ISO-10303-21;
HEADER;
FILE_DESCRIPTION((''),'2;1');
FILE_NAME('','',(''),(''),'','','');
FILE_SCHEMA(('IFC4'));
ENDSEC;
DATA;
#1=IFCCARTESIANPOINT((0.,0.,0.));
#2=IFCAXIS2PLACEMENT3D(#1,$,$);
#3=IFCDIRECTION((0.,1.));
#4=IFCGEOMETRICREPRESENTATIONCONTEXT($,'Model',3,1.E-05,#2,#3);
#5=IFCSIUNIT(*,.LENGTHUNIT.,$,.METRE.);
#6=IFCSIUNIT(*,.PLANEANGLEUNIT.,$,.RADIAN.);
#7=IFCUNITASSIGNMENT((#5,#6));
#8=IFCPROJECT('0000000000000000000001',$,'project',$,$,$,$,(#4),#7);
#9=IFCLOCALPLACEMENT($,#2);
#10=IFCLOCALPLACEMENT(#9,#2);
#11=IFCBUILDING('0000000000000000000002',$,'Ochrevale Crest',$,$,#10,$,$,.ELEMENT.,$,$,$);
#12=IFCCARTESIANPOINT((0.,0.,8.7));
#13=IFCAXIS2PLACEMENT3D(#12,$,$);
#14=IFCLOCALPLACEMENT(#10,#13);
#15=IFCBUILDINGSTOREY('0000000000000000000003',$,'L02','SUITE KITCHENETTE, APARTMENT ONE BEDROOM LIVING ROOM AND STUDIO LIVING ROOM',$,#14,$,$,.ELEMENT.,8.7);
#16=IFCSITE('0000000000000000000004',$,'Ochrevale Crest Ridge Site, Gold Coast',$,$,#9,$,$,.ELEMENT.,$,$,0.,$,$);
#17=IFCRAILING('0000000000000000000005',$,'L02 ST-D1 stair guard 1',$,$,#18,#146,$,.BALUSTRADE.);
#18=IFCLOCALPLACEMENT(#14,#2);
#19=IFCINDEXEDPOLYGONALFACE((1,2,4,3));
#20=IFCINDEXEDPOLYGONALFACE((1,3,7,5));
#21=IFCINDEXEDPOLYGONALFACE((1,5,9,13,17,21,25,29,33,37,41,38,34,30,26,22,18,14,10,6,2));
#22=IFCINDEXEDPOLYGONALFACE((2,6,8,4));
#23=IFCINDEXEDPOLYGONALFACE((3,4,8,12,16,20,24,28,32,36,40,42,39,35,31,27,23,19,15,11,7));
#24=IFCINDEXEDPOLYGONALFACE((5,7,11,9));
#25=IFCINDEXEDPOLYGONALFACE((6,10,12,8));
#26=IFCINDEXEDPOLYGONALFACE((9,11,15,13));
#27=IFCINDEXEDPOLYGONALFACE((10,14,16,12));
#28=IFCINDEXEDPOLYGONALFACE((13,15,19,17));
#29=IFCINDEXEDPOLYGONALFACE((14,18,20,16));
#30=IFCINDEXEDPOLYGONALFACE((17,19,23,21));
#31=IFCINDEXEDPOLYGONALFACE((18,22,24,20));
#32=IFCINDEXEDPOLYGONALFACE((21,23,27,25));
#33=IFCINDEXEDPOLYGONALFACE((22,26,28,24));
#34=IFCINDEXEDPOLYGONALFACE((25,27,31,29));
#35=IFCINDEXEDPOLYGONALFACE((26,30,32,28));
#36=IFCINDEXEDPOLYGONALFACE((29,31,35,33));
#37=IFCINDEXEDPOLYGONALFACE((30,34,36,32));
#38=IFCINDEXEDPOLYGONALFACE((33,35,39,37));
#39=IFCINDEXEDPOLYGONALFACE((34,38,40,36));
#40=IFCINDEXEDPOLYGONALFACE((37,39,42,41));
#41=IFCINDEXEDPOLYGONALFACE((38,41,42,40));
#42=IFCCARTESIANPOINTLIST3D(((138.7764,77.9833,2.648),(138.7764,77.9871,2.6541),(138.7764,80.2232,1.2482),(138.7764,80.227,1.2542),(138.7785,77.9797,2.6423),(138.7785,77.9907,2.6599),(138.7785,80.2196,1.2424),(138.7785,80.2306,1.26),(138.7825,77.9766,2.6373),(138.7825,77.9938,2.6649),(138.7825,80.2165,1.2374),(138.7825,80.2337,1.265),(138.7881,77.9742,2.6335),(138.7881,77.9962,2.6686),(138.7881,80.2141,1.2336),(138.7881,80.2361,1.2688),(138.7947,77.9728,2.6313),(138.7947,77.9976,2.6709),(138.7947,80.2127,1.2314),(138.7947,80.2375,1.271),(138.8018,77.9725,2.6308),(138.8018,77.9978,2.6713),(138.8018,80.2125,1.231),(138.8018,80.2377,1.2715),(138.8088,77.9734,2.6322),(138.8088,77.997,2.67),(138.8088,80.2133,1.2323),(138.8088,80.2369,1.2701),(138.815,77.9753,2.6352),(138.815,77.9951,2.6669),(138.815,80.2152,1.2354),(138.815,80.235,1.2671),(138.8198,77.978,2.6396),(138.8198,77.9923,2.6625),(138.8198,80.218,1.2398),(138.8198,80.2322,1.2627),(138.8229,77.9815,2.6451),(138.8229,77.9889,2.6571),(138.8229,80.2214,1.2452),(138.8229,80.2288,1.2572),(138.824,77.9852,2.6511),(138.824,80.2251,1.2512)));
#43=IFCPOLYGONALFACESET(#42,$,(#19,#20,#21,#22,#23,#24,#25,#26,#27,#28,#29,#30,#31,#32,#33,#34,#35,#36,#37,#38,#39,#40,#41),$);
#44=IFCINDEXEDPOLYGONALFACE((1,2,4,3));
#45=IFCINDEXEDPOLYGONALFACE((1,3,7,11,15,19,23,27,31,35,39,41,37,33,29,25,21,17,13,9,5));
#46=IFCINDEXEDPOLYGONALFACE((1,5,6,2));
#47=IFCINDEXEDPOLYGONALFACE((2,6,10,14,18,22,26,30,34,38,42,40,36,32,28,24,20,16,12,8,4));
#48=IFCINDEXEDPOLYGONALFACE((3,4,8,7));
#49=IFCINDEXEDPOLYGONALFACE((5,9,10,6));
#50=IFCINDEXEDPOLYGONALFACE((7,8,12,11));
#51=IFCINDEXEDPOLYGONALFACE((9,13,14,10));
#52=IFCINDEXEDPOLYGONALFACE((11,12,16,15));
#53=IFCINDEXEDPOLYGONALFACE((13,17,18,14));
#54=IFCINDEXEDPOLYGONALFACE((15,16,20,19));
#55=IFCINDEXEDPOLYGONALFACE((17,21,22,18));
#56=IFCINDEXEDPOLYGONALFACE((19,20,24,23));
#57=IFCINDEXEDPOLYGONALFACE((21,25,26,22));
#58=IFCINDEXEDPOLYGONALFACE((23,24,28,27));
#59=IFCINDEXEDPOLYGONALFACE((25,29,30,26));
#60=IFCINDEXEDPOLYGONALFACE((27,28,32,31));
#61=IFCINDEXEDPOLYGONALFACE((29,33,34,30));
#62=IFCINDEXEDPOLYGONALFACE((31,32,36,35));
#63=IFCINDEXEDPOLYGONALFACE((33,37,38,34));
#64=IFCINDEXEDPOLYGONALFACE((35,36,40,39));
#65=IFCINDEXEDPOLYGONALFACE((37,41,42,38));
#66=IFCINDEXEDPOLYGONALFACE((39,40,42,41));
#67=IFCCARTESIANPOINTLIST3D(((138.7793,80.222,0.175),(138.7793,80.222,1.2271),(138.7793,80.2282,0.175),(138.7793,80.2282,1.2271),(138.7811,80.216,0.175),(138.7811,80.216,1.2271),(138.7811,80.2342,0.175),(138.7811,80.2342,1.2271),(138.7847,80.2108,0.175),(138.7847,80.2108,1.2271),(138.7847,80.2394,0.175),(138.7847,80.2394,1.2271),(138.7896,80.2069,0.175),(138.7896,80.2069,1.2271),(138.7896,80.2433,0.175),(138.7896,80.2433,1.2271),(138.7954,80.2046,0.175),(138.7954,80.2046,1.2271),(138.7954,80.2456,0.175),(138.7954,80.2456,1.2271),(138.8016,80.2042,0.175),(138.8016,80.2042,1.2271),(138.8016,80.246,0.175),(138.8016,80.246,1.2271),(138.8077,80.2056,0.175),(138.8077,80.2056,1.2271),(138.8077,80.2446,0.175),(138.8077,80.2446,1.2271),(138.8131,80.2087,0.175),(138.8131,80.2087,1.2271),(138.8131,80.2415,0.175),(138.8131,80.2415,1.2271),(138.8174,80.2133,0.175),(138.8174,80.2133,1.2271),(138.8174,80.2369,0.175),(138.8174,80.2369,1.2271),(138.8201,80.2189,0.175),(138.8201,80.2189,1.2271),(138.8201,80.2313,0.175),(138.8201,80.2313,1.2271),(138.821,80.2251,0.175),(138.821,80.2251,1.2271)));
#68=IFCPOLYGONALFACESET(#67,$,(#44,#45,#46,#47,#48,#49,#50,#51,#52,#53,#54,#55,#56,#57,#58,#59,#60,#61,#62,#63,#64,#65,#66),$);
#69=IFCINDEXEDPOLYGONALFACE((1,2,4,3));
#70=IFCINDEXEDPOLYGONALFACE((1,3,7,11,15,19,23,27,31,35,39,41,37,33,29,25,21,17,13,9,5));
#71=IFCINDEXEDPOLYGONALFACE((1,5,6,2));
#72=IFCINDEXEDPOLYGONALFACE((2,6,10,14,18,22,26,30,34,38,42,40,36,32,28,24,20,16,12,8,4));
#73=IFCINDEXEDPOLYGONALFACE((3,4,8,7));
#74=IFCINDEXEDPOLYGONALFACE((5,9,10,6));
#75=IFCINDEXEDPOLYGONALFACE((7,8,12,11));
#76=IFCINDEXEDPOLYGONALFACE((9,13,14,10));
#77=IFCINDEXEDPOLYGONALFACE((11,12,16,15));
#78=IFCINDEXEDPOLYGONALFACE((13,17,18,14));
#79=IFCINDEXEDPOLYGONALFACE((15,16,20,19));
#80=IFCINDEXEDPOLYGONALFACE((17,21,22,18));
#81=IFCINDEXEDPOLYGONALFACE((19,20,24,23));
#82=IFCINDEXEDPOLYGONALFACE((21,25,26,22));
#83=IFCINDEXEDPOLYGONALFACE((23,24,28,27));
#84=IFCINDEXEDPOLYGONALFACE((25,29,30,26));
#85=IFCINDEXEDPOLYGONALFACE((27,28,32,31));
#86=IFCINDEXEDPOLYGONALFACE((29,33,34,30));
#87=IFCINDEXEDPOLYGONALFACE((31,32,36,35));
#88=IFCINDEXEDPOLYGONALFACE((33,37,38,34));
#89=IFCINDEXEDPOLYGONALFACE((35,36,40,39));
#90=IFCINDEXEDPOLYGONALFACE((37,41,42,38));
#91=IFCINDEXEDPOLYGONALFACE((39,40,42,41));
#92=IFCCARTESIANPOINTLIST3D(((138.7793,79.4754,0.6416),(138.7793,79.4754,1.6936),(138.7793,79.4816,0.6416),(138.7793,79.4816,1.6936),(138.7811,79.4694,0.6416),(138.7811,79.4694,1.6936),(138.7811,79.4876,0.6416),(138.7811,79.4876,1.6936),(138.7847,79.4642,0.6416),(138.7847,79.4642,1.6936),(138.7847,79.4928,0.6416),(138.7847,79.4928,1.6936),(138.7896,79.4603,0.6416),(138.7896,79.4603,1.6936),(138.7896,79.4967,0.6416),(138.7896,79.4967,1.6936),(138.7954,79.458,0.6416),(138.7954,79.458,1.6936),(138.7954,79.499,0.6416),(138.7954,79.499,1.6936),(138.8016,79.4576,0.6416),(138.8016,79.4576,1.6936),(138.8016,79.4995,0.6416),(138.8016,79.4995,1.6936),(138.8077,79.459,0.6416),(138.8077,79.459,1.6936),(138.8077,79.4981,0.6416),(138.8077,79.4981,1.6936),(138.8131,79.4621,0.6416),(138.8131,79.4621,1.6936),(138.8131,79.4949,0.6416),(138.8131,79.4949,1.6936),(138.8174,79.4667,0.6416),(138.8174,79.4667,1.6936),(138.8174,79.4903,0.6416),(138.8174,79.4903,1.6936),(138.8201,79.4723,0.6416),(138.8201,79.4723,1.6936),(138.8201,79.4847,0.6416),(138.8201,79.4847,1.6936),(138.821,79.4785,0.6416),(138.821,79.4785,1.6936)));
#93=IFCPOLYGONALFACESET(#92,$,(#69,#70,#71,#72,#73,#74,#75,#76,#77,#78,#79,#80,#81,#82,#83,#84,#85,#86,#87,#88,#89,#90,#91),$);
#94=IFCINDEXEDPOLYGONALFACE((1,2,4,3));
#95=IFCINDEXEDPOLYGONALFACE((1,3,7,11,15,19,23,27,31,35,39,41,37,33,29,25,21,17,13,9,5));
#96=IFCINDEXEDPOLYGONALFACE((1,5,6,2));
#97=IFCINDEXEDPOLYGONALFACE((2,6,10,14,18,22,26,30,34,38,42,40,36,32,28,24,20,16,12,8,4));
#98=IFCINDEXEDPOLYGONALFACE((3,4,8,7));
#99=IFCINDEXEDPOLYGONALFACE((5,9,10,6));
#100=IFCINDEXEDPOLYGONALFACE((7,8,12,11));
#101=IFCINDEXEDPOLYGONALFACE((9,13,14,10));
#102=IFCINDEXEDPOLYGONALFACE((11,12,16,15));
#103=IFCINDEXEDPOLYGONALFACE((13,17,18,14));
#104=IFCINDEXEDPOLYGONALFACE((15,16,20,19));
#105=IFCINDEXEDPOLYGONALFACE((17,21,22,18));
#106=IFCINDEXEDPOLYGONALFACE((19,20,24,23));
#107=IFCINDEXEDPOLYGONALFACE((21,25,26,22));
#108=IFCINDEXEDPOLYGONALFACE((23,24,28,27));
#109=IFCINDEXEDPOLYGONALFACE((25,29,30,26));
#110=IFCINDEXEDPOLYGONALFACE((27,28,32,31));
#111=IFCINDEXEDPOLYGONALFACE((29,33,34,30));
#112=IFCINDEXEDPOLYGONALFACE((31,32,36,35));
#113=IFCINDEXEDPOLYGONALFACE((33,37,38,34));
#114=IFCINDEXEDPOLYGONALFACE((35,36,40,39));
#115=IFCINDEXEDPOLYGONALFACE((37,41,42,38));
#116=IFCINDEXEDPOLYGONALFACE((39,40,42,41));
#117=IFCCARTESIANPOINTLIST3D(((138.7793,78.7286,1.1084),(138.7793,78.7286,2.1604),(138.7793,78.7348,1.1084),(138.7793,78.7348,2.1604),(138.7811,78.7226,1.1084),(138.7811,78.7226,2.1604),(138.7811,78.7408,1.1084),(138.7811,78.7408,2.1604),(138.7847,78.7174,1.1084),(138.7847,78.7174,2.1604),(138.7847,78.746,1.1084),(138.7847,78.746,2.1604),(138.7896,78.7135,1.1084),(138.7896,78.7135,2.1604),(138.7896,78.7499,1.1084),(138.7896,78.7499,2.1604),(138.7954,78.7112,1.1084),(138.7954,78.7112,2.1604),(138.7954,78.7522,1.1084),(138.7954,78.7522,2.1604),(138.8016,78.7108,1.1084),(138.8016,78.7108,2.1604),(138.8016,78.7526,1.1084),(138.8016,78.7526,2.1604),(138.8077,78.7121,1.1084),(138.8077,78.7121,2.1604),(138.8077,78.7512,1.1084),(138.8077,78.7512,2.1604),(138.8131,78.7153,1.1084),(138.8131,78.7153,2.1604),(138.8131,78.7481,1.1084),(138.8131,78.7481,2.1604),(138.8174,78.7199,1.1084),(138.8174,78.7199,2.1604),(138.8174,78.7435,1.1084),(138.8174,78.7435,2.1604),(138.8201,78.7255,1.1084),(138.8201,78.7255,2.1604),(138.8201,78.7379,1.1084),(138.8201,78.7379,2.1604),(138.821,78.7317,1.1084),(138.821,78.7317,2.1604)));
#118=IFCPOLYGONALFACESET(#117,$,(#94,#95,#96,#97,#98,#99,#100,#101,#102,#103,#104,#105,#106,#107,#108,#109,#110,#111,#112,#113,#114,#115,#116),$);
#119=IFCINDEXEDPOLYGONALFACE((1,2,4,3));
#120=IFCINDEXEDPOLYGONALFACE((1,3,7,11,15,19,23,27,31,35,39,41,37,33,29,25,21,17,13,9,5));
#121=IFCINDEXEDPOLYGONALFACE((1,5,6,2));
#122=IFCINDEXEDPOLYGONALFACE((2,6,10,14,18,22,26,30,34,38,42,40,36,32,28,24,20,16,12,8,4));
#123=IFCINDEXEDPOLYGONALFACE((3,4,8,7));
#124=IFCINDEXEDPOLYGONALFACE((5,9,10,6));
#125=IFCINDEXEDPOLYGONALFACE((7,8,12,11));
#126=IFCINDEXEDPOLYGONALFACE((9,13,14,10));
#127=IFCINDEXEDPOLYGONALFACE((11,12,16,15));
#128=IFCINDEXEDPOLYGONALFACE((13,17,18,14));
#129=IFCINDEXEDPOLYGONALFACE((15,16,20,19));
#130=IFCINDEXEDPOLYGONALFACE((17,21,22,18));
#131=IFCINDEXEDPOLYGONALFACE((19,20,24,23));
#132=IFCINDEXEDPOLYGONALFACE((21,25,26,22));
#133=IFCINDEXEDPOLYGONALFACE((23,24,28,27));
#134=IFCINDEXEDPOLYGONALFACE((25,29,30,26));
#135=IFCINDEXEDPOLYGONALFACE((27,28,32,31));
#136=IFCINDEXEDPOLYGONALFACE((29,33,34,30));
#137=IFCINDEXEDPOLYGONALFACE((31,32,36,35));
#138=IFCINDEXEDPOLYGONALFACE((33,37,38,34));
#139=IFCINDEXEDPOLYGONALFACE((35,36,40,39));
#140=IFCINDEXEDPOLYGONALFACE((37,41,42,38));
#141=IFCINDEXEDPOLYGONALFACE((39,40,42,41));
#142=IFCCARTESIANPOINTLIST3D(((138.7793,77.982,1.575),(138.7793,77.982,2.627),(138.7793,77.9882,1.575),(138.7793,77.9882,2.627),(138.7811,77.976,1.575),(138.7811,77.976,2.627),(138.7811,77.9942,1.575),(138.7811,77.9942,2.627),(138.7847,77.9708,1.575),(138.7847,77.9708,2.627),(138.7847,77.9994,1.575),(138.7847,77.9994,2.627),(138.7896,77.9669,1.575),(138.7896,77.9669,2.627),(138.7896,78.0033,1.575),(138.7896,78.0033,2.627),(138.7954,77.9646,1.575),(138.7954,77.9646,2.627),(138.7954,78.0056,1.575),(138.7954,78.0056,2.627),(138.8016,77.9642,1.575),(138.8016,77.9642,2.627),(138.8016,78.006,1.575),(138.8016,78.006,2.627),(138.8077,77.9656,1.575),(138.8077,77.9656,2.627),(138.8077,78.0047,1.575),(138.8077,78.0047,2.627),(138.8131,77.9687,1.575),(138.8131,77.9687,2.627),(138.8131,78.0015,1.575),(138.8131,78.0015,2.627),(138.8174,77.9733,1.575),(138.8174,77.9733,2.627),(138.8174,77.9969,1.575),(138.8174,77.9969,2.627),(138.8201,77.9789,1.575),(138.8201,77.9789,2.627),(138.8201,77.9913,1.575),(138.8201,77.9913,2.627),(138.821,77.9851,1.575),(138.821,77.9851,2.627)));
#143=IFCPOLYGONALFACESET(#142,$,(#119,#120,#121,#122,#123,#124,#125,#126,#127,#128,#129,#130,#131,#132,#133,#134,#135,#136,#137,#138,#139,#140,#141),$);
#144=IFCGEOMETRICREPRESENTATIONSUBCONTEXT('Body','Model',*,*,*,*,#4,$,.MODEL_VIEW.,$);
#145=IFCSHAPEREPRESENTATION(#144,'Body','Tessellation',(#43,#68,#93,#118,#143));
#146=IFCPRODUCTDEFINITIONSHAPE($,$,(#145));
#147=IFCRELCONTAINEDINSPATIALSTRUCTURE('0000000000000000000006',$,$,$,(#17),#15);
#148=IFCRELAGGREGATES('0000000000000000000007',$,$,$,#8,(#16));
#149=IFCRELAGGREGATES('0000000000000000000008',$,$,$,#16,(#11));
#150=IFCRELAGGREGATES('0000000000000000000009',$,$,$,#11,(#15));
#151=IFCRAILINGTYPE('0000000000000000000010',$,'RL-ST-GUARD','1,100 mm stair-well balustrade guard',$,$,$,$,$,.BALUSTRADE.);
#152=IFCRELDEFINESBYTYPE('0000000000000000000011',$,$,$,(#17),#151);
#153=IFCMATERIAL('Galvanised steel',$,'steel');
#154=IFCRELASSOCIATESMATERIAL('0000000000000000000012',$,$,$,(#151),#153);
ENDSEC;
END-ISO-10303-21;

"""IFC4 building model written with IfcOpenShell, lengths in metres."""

from ifc_helpers import new_model, si_unit, direction, frame, origin, origin_2d, place, context, subcontext, project, spatial, circle, extrude, material, type_object, element, save


model = new_model("IFC4")

# Units and contexts
model_context = context("Model", 3, precision=1e-05, world=origin(), true_north=direction((0.0, 1.0)))
body_context = subcontext(model_context, "Body", "Model", "MODEL_VIEW")
ifc_project = project(units=[si_unit("LENGTHUNIT", "METRE"), si_unit("PLANEANGLEUNIT", "RADIAN")], contexts=[model_context])

# Site, building, storey
site_placement = place(None, origin())
site = spatial("IfcSite", under=ifc_project, at=site_placement, Name="Ochrevale Crest Ridge Site, Gold Coast", CompositionType="ELEMENT", RefElevation=0.0)
building_placement = place(site_placement, origin())
building = spatial("IfcBuilding", under=site, at=building_placement, Name="Ochrevale Crest", CompositionType="ELEMENT")
storey_placement = place(building_placement, frame((0.0, 0.0, 8.7)))
storey = spatial("IfcBuildingStorey", under=building, at=storey_placement, Name="L02", Description="SUITE KITCHENETTE, APARTMENT ONE BEDROOM LIVING ROOM AND STUDIO LIVING ROOM", CompositionType="ELEMENT", Elevation=8.7)

# Railing
ifc_material_1 = material(Name="Galvanised steel", Category="steel")
railing_type_1 = type_object("IfcRailingType", Name="RL-ST-GUARD", Description="1,100 mm stair-well balustrade guard", PredefinedType="BALUSTRADE", material=ifc_material_1)
railing_1_placement = place(storey_placement, frame((138.8, 80.2251, 0.175)))
element("IfcRailing", 1, at=railing_1_placement, inside=storey, type_object=railing_type_1, Name="L02 ST-D1 stair guard 1", PredefinedType="BALUSTRADE", context=body_context, shape_type="SweptSolid", body=[
    extrude(circle(Radius=0.0239, at=origin_2d()), frame((0.0, 0.0, 1.0762), z_axis=(0.0, -0.848014, 0.529974), x_axis=(1.0, 0.0, 0.0)), (0.0, 0.0, 1.0), 2.6414),
    extrude(circle(Radius=0.021, at=origin_2d()), origin(), (0.0, 0.0, 1.0), 1.052),
    extrude(circle(Radius=0.021, at=origin_2d()), frame((0.0, -0.7466, 0.4666)), (0.0, 0.0, 1.0), 1.052),
    extrude(circle(Radius=0.021, at=origin_2d()), frame((0.0, -1.4934, 0.9333)), (0.0, 0.0, 1.0), 1.052),
    extrude(circle(Radius=0.021, at=origin_2d()), frame((0.0, -2.24, 1.3999)), (0.0, 0.0, 1.0), 1.052),
])

save(model, "model.ifc")
